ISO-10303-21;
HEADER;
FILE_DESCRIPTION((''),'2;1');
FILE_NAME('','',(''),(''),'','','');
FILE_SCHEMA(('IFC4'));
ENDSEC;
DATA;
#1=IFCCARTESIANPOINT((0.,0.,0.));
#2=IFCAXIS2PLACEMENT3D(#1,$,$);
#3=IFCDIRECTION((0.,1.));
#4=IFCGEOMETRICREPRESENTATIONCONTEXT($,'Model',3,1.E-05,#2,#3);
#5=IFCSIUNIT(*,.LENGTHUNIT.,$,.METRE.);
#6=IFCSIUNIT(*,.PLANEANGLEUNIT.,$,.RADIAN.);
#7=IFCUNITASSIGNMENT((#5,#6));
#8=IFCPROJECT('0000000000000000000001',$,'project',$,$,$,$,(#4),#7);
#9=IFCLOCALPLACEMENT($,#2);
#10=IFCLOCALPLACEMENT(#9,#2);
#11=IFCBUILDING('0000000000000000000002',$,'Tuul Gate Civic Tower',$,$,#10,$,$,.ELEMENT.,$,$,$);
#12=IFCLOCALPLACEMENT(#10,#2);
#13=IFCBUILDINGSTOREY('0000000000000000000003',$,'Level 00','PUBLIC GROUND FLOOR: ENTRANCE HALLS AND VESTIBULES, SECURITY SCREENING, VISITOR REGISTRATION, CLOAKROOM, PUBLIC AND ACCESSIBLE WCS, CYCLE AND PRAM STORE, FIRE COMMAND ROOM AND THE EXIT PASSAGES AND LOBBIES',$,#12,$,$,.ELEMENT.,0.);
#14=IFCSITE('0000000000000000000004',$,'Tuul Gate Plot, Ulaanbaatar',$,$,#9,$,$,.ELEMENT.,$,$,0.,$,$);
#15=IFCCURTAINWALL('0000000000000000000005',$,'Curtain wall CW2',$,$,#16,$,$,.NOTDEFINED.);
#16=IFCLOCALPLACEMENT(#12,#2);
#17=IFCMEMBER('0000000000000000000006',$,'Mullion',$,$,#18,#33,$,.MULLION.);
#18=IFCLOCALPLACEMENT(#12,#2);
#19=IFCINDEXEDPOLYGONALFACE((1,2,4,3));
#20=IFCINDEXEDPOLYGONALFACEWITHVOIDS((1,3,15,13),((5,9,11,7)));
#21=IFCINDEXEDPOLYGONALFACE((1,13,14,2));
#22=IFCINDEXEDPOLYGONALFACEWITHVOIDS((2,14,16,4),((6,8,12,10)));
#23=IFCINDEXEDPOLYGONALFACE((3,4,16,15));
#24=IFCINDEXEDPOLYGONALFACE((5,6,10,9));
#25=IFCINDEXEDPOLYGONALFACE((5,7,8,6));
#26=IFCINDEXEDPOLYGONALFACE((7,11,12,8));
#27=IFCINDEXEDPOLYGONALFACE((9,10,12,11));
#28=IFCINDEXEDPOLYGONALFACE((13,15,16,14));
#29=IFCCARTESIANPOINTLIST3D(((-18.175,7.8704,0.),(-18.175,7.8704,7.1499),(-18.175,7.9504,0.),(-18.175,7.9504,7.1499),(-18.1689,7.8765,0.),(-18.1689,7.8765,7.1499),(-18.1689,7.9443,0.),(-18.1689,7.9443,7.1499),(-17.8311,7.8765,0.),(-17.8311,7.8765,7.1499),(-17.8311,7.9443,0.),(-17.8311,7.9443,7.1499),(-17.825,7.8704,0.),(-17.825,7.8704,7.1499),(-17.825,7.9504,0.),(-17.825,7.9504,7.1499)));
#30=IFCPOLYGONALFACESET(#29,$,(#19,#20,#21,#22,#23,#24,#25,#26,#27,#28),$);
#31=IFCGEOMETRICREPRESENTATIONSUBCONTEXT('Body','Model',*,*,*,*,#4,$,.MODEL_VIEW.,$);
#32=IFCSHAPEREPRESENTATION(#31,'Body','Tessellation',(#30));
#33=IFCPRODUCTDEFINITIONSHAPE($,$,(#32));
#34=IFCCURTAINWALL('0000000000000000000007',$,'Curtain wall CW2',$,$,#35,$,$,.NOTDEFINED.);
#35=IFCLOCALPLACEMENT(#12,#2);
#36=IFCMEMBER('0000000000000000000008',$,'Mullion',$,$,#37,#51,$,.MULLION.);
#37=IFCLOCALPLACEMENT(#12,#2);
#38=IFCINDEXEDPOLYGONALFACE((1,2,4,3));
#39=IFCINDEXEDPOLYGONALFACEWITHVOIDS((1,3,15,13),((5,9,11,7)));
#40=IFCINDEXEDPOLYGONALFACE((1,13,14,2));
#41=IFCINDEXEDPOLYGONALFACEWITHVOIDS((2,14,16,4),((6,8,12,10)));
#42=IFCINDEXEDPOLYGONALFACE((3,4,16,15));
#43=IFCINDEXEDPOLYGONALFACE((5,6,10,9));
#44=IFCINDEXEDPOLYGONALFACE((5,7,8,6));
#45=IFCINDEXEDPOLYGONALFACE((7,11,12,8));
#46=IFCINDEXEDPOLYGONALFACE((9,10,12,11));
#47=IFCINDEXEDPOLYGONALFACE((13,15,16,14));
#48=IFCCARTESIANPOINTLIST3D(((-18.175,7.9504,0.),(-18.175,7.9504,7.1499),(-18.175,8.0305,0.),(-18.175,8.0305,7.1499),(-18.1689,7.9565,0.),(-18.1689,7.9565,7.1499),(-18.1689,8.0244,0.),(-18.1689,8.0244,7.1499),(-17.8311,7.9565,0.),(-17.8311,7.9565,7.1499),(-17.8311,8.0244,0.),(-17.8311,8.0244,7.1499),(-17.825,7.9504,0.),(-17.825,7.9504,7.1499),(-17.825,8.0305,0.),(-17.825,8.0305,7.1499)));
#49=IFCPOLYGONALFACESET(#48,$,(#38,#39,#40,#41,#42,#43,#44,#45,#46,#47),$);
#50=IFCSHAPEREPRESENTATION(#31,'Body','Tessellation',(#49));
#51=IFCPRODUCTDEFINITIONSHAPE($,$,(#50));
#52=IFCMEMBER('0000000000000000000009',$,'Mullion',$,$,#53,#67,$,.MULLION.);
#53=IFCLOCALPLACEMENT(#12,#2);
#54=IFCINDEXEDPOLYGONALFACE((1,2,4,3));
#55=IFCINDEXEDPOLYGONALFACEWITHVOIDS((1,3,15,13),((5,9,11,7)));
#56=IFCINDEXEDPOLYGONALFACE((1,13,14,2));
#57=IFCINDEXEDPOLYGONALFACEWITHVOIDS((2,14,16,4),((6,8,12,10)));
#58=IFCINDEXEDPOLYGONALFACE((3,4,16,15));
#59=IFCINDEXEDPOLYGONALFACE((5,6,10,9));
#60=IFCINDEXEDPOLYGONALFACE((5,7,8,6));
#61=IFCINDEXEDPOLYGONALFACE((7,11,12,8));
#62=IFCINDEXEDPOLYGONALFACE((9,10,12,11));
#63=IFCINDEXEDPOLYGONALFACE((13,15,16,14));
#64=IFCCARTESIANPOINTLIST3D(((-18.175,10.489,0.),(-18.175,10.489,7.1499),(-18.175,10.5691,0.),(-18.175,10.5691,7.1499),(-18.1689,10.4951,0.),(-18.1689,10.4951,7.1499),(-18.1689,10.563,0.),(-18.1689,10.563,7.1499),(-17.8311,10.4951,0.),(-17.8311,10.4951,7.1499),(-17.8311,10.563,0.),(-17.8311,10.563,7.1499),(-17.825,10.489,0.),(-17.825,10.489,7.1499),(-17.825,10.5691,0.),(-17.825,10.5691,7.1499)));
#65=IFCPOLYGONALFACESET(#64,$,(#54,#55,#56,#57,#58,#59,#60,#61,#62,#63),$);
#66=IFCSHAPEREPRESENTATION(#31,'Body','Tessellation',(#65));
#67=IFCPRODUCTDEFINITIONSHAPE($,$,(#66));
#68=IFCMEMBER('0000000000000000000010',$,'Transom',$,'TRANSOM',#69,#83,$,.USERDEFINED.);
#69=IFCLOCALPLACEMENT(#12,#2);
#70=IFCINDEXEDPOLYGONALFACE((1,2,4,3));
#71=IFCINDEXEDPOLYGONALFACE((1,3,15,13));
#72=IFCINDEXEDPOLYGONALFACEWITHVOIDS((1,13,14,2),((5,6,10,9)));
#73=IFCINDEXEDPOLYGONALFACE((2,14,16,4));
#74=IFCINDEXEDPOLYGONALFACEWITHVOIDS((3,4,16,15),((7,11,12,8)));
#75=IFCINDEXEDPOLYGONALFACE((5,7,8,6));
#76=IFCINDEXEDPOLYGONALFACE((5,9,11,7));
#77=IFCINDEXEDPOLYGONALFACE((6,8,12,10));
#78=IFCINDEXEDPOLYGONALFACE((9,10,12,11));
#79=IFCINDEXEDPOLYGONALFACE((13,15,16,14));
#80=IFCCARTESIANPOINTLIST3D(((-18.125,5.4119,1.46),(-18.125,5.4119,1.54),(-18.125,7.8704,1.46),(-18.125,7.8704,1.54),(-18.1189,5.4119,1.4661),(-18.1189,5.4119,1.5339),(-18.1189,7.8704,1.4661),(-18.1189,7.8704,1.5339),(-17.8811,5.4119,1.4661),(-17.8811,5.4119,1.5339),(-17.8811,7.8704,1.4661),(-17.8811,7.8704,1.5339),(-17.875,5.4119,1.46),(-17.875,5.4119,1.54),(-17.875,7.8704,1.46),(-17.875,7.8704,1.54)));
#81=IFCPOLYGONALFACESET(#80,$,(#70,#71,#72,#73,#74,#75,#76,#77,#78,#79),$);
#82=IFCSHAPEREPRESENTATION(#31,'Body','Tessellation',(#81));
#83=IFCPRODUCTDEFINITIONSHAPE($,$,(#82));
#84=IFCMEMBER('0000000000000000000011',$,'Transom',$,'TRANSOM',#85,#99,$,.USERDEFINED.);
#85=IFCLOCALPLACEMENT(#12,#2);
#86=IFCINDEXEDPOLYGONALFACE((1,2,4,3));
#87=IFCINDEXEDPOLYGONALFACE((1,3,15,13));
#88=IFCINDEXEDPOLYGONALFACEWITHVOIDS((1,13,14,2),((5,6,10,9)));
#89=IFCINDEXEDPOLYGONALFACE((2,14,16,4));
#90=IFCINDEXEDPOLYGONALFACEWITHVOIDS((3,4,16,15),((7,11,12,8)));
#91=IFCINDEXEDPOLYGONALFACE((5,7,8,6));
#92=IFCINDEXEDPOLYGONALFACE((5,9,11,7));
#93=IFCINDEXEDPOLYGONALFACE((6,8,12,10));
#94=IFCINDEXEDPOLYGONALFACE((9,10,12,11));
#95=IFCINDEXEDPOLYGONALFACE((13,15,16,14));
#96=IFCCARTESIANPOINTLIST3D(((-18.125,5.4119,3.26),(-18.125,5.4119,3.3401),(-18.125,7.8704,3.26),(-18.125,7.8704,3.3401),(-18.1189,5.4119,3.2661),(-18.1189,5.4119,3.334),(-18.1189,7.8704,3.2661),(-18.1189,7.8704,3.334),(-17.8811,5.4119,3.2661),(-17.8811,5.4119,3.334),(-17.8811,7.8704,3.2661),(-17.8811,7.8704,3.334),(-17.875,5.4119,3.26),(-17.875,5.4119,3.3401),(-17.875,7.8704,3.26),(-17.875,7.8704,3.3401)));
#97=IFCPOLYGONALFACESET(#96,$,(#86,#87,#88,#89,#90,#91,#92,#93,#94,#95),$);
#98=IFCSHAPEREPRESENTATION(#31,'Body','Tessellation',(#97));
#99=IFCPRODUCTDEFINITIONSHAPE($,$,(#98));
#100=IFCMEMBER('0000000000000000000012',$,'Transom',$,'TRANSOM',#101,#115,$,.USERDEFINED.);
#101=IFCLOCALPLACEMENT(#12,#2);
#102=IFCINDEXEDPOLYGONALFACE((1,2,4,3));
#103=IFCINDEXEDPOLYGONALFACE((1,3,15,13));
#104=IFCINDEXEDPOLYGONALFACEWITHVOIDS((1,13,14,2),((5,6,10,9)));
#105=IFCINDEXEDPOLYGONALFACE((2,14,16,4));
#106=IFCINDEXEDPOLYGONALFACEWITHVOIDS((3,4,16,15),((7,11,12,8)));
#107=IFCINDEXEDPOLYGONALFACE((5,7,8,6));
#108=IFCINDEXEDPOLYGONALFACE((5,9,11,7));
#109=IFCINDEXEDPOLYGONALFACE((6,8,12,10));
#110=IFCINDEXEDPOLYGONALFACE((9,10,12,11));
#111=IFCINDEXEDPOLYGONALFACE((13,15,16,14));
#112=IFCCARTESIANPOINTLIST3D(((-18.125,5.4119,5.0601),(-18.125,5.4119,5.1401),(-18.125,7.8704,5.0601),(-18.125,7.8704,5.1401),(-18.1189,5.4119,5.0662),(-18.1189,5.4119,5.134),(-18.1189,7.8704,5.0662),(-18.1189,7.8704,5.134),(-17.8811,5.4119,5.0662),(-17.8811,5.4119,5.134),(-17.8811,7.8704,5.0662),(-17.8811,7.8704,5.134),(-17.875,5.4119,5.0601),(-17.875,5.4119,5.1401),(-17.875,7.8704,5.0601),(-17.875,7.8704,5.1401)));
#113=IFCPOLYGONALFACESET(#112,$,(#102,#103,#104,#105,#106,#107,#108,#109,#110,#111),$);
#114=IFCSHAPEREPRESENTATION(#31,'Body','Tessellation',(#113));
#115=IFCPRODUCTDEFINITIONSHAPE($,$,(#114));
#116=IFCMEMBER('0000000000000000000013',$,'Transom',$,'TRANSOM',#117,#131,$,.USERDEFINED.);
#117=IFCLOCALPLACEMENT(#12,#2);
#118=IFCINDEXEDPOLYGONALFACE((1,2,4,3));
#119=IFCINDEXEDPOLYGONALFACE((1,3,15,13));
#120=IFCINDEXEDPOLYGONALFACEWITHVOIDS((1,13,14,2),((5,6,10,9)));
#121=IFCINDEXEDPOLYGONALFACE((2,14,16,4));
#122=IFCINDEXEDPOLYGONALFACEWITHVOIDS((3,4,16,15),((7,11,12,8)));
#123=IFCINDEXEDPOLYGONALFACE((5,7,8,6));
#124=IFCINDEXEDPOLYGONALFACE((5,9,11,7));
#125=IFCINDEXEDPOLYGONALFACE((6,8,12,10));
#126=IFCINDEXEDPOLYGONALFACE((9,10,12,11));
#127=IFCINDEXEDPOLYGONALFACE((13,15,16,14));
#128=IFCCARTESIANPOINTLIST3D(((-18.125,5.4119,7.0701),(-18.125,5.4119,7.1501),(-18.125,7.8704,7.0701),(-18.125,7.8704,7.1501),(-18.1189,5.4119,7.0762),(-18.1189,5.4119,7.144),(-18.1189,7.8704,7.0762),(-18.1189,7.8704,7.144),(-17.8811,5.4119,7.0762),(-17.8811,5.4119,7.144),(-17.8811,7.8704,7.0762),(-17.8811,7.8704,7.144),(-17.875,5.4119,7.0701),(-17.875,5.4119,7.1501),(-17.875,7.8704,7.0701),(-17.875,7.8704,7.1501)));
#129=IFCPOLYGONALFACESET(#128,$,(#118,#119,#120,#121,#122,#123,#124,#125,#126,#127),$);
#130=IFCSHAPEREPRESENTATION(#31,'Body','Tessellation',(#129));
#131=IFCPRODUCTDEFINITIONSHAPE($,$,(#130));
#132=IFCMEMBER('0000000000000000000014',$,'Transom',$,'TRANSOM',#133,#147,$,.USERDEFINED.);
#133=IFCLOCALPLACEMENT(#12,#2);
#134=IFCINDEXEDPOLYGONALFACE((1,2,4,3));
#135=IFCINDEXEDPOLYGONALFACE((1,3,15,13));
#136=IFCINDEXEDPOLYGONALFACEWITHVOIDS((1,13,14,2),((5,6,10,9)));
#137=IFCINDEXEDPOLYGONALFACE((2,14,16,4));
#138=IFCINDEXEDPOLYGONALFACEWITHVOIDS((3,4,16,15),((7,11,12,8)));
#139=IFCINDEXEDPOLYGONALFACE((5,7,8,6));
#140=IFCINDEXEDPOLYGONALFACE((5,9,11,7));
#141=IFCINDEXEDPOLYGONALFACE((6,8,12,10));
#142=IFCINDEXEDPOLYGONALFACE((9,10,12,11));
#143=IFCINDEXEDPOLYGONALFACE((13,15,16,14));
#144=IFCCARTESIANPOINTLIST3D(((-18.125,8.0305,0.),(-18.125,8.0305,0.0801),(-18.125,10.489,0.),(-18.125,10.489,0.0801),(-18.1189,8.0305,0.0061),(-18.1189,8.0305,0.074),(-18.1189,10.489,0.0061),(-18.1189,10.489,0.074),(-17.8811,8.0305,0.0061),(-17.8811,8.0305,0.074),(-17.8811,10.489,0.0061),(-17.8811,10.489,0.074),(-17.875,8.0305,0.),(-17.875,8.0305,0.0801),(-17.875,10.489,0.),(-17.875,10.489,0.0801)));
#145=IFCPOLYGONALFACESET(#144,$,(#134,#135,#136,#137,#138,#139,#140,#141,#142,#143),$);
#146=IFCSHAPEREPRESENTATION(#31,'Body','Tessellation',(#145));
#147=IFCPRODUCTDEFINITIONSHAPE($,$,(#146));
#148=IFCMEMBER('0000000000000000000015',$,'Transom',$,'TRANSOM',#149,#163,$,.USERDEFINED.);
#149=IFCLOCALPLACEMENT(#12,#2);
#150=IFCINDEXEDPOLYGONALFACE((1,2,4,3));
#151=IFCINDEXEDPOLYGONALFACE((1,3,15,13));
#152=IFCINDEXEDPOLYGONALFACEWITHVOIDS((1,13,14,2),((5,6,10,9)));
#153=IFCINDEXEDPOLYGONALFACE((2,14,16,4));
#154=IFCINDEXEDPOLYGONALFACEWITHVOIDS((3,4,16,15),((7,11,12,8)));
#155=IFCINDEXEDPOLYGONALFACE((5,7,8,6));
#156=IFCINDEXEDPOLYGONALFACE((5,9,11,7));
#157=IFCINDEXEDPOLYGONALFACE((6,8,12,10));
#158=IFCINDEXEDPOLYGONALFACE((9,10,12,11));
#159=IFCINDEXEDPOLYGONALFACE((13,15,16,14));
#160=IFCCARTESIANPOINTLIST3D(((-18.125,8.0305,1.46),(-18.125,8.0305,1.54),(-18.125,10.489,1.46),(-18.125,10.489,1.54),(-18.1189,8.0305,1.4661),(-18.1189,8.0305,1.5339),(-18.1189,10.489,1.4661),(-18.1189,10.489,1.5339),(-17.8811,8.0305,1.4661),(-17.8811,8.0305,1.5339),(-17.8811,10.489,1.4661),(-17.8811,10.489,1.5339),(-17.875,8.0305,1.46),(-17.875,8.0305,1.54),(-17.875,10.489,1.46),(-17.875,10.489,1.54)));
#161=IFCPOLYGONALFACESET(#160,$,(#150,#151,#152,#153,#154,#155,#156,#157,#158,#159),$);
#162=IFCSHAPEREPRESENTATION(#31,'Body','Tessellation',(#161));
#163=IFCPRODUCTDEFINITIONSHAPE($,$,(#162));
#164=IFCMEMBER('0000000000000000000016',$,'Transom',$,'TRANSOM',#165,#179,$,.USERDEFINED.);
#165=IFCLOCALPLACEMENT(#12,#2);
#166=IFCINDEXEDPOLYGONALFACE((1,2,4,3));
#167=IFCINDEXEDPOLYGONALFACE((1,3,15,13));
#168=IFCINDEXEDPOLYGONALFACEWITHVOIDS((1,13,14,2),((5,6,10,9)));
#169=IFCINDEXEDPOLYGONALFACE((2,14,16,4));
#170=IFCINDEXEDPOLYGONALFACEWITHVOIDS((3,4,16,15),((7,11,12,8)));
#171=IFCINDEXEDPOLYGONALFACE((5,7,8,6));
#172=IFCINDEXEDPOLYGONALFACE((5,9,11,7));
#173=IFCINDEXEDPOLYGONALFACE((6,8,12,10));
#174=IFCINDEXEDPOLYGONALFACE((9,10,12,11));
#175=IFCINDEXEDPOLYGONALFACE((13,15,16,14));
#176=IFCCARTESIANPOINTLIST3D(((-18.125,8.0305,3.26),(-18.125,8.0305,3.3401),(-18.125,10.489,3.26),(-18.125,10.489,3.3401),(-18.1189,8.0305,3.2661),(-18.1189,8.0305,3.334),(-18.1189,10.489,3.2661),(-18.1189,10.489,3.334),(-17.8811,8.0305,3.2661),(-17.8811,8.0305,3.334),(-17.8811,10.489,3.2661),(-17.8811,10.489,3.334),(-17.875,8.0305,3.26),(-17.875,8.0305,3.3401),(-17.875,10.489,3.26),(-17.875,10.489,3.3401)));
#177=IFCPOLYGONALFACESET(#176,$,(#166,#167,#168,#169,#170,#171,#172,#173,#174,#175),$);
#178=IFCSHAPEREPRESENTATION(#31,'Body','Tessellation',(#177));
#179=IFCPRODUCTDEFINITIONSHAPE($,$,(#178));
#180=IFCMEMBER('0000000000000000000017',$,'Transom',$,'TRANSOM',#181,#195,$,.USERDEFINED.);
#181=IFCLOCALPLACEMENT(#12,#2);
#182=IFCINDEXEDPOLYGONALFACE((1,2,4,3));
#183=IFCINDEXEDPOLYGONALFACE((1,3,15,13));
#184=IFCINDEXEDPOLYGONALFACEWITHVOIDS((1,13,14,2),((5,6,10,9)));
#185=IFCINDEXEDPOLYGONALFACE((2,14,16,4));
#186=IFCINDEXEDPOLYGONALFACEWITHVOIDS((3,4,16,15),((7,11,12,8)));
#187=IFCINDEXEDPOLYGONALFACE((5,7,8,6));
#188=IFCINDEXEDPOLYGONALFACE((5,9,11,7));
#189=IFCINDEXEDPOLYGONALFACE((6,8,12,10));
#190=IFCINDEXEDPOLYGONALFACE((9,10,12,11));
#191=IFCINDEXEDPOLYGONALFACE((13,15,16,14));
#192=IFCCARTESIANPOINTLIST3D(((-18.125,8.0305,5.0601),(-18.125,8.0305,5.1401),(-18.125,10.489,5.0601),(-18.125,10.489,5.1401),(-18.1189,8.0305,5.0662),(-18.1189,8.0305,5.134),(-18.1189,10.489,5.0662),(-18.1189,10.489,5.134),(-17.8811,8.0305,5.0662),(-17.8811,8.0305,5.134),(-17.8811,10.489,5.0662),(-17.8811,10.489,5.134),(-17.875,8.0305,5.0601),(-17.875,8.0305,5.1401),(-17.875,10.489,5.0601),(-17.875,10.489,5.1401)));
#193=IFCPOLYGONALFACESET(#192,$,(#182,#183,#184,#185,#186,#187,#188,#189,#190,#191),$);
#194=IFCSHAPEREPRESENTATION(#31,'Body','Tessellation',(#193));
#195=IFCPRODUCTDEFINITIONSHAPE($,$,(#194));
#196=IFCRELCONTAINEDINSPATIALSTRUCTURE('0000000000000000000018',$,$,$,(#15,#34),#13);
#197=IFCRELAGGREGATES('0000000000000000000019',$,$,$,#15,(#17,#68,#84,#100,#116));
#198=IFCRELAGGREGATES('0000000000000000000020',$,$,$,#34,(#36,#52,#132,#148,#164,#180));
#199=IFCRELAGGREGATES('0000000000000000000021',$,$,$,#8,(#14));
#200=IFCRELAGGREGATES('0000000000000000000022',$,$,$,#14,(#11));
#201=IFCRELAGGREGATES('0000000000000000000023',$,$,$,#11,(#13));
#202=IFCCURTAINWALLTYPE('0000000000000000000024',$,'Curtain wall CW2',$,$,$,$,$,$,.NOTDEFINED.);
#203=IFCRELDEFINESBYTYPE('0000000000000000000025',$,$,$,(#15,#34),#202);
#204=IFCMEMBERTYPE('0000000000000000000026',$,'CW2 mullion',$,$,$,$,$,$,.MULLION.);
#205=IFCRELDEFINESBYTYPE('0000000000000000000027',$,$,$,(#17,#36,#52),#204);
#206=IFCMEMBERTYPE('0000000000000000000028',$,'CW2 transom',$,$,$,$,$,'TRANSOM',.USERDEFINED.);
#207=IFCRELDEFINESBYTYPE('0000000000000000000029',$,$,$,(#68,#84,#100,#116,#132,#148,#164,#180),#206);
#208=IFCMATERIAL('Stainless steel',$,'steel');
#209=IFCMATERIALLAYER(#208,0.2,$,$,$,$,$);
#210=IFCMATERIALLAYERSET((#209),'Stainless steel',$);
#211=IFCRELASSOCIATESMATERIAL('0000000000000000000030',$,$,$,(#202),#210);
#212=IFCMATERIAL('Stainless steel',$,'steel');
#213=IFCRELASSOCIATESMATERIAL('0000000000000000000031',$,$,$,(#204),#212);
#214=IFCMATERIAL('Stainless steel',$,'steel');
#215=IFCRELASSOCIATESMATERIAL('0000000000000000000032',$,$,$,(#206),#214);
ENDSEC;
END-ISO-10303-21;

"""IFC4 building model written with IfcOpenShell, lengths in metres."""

from ifc_helpers import new_model, si_unit, direction, frame, origin, origin_2d, place, context, subcontext, project, spatial, hollow_rectangle, extrude, material, layer, layer_set, material_profile, profile_set, type_object, element, aggregate, save


model = new_model("IFC4")

# Units and contexts
model_context = context("Model", 3, precision=1e-05, world=origin(), true_north=direction((0.0, 1.0)))
body_context = subcontext(model_context, "Body", "Model", "MODEL_VIEW")
ifc_project = project(units=[si_unit("LENGTHUNIT", "METRE"), si_unit("PLANEANGLEUNIT", "RADIAN")], contexts=[model_context])

# Site, building, storey
site_placement = place(None, origin())
site = spatial("IfcSite", under=ifc_project, at=site_placement, Name="Tuul Gate Plot, Ulaanbaatar", CompositionType="ELEMENT", RefElevation=0.0)
building_placement = place(site_placement, origin())
building = spatial("IfcBuilding", under=site, at=building_placement, Name="Tuul Gate Civic Tower", CompositionType="ELEMENT")
storey_placement = place(building_placement, origin())
storey = spatial("IfcBuildingStorey", under=building, at=storey_placement, Name="Level 00", Description="PUBLIC GROUND FLOOR: ENTRANCE HALLS AND VESTIBULES, SECURITY SCREENING, VISITOR REGISTRATION, CLOAKROOM, PUBLIC AND ACCESSIBLE WCS, CYCLE AND PRAM STORE, FIRE COMMAND ROOM AND THE EXIT PASSAGES AND LOBBIES", CompositionType="ELEMENT", Elevation=0.0)

# Curtain wall, member
ifc_material_1 = material(Name="Stainless steel", Category="steel")
ifc_layer_1 = layer(ifc_material_1, 0.2)
ifc_layer_set_1 = layer_set([ifc_layer_1], Name="Stainless steel")
curtain_wall_type = type_object("IfcCurtainWallType", Name="Curtain wall CW2", PredefinedType="NOTDEFINED", material=ifc_layer_set_1)
curtain_wall_1_placement = place(storey_placement, origin())
curtain_wall_1 = element("IfcCurtainWall", 1, at=curtain_wall_1_placement, inside=storey, type_object=curtain_wall_type, Name="Curtain wall CW2", PredefinedType="NOTDEFINED")
ifc_material_2 = material(Name="Stainless steel", Category="steel")
ifc_material_profile_1 = material_profile(ifc_material_2, hollow_rectangle(XDim=0.3501, YDim=0.0801, WallThickness=0.0061, at=origin_2d()), Name="CW2 mullion")
ifc_profile_set_1 = profile_set([ifc_material_profile_1], Name="Stainless steel")
member_type_1 = type_object("IfcMemberType", Name="CW2 mullion", PredefinedType="MULLION", material=ifc_profile_set_1)
member_1_placement = place(storey_placement, frame((-18.0, 7.9104, 0.0), z_axis=(0.0, 0.0, 1.0), x_axis=(-1.0, 0.0, 0.0)))
member_1 = element("IfcMember", 2, at=member_1_placement, type_object=member_type_1, Name="Mullion", PredefinedType="MULLION", context=body_context, shape_type="SweptSolid", body=[
    extrude(hollow_rectangle(XDim=0.3501, YDim=0.0801, WallThickness=0.0061, at=origin_2d()), origin(), (0.0, 0.0, 1.0), 7.1499),
])

# Curtain wall, members
curtain_wall_2_placement = place(storey_placement, origin())
curtain_wall_2 = element("IfcCurtainWall", 3, at=curtain_wall_2_placement, inside=storey, type_object=curtain_wall_type, Name="Curtain wall CW2", PredefinedType="NOTDEFINED")
member_2_placement = place(storey_placement, frame((-18.0, 7.9905, 0.0), z_axis=(0.0, 0.0, 1.0), x_axis=(-1.0, 0.0, 0.0)))
member_2 = element("IfcMember", 4, at=member_2_placement, type_object=member_type_1, Name="Mullion", PredefinedType="MULLION", context=body_context, shape_type="SweptSolid", body=[
    extrude(hollow_rectangle(XDim=0.3501, YDim=0.0801, WallThickness=0.0061, at=origin_2d()), origin(), (0.0, 0.0, 1.0), 7.1499),
])
member_3_placement = place(storey_placement, frame((-18.0, 10.5291, 0.0), z_axis=(0.0, 0.0, 1.0), x_axis=(-1.0, 0.0, 0.0)))
member_3 = element("IfcMember", 5, at=member_3_placement, type_object=member_type_1, Name="Mullion", PredefinedType="MULLION", context=body_context, shape_type="SweptSolid", body=[
    extrude(hollow_rectangle(XDim=0.3501, YDim=0.0801, WallThickness=0.0061, at=origin_2d()), origin(), (0.0, 0.0, 1.0), 7.1499),
])

# Members
ifc_material_3 = material(Name="Stainless steel", Category="steel")
ifc_material_profile_2 = material_profile(ifc_material_3, hollow_rectangle(XDim=0.25, YDim=0.0801, WallThickness=0.0061, at=origin_2d()), Name="CW2 transom")
ifc_profile_set_2 = profile_set([ifc_material_profile_2], Name="Stainless steel")
member_type_2 = type_object("IfcMemberType", Name="CW2 transom", ElementType="TRANSOM", PredefinedType="USERDEFINED", material=ifc_profile_set_2)
member_4_placement = place(storey_placement, frame((-18.0, 5.4119, 1.5), z_axis=(0.0, 1.0, 0.0), x_axis=(-1.0, 0.0, 0.0)))
member_4 = element("IfcMember", 6, at=member_4_placement, type_object=member_type_2, Name="Transom", ObjectType="TRANSOM", PredefinedType="USERDEFINED", context=body_context, shape_type="SweptSolid", body=[
    extrude(hollow_rectangle(XDim=0.25, YDim=0.0801, WallThickness=0.0061, at=origin_2d()), origin(), (0.0, 0.0, 1.0), 2.4585),
])
member_5_placement = place(storey_placement, frame((-18.0, 5.4119, 3.3), z_axis=(0.0, 1.0, 0.0), x_axis=(-1.0, 0.0, 0.0)))
member_5 = element("IfcMember", 7, at=member_5_placement, type_object=member_type_2, Name="Transom", ObjectType="TRANSOM", PredefinedType="USERDEFINED", context=body_context, shape_type="SweptSolid", body=[
    extrude(hollow_rectangle(XDim=0.25, YDim=0.0801, WallThickness=0.0061, at=origin_2d()), origin(), (0.0, 0.0, 1.0), 2.4585),
])
member_6_placement = place(storey_placement, frame((-18.0, 5.4119, 5.1001), z_axis=(0.0, 1.0, 0.0), x_axis=(-1.0, 0.0, 0.0)))
member_6 = element("IfcMember", 8, at=member_6_placement, type_object=member_type_2, Name="Transom", ObjectType="TRANSOM", PredefinedType="USERDEFINED", context=body_context, shape_type="SweptSolid", body=[
    extrude(hollow_rectangle(XDim=0.25, YDim=0.0801, WallThickness=0.0061, at=origin_2d()), origin(), (0.0, 0.0, 1.0), 2.4585),
])
member_7_placement = place(storey_placement, frame((-18.0, 5.4119, 7.1101), z_axis=(0.0, 1.0, 0.0), x_axis=(-1.0, 0.0, 0.0)))
member_7 = element("IfcMember", 9, at=member_7_placement, type_object=member_type_2, Name="Transom", ObjectType="TRANSOM", PredefinedType="USERDEFINED", context=body_context, shape_type="SweptSolid", body=[
    extrude(hollow_rectangle(XDim=0.25, YDim=0.0801, WallThickness=0.0061, at=origin_2d()), origin(), (0.0, 0.0, 1.0), 2.4585),
])
member_8_placement = place(storey_placement, frame((-18.0, 8.0305, 0.04), z_axis=(0.0, 1.0, 0.0), x_axis=(-1.0, 0.0, 0.0)))
member_8 = element("IfcMember", 10, at=member_8_placement, type_object=member_type_2, Name="Transom", ObjectType="TRANSOM", PredefinedType="USERDEFINED", context=body_context, shape_type="SweptSolid", body=[
    extrude(hollow_rectangle(XDim=0.25, YDim=0.0801, WallThickness=0.0061, at=origin_2d()), origin(), (0.0, 0.0, 1.0), 2.4585),
])
member_9_placement = place(storey_placement, frame((-18.0, 8.0305, 1.5), z_axis=(0.0, 1.0, 0.0), x_axis=(-1.0, 0.0, 0.0)))
member_9 = element("IfcMember", 11, at=member_9_placement, type_object=member_type_2, Name="Transom", ObjectType="TRANSOM", PredefinedType="USERDEFINED", context=body_context, shape_type="SweptSolid", body=[
    extrude(hollow_rectangle(XDim=0.25, YDim=0.0801, WallThickness=0.0061, at=origin_2d()), origin(), (0.0, 0.0, 1.0), 2.4585),
])
member_10_placement = place(storey_placement, frame((-18.0, 8.0305, 3.3), z_axis=(0.0, 1.0, 0.0), x_axis=(-1.0, 0.0, 0.0)))
member_10 = element("IfcMember", 12, at=member_10_placement, type_object=member_type_2, Name="Transom", ObjectType="TRANSOM", PredefinedType="USERDEFINED", context=body_context, shape_type="SweptSolid", body=[
    extrude(hollow_rectangle(XDim=0.25, YDim=0.0801, WallThickness=0.0061, at=origin_2d()), origin(), (0.0, 0.0, 1.0), 2.4585),
])
member_11_placement = place(storey_placement, frame((-18.0, 8.0305, 5.1001), z_axis=(0.0, 1.0, 0.0), x_axis=(-1.0, 0.0, 0.0)))
member_11 = element("IfcMember", 13, at=member_11_placement, type_object=member_type_2, Name="Transom", ObjectType="TRANSOM", PredefinedType="USERDEFINED", context=body_context, shape_type="SweptSolid", body=[
    extrude(hollow_rectangle(XDim=0.25, YDim=0.0801, WallThickness=0.0061, at=origin_2d()), origin(), (0.0, 0.0, 1.0), 2.4585),
])

aggregate(curtain_wall_1, [member_1, member_4, member_5, member_6, member_7])
aggregate(curtain_wall_2, [member_2, member_3, member_8, member_9, member_10, member_11])

save(model, "model.ifc")
